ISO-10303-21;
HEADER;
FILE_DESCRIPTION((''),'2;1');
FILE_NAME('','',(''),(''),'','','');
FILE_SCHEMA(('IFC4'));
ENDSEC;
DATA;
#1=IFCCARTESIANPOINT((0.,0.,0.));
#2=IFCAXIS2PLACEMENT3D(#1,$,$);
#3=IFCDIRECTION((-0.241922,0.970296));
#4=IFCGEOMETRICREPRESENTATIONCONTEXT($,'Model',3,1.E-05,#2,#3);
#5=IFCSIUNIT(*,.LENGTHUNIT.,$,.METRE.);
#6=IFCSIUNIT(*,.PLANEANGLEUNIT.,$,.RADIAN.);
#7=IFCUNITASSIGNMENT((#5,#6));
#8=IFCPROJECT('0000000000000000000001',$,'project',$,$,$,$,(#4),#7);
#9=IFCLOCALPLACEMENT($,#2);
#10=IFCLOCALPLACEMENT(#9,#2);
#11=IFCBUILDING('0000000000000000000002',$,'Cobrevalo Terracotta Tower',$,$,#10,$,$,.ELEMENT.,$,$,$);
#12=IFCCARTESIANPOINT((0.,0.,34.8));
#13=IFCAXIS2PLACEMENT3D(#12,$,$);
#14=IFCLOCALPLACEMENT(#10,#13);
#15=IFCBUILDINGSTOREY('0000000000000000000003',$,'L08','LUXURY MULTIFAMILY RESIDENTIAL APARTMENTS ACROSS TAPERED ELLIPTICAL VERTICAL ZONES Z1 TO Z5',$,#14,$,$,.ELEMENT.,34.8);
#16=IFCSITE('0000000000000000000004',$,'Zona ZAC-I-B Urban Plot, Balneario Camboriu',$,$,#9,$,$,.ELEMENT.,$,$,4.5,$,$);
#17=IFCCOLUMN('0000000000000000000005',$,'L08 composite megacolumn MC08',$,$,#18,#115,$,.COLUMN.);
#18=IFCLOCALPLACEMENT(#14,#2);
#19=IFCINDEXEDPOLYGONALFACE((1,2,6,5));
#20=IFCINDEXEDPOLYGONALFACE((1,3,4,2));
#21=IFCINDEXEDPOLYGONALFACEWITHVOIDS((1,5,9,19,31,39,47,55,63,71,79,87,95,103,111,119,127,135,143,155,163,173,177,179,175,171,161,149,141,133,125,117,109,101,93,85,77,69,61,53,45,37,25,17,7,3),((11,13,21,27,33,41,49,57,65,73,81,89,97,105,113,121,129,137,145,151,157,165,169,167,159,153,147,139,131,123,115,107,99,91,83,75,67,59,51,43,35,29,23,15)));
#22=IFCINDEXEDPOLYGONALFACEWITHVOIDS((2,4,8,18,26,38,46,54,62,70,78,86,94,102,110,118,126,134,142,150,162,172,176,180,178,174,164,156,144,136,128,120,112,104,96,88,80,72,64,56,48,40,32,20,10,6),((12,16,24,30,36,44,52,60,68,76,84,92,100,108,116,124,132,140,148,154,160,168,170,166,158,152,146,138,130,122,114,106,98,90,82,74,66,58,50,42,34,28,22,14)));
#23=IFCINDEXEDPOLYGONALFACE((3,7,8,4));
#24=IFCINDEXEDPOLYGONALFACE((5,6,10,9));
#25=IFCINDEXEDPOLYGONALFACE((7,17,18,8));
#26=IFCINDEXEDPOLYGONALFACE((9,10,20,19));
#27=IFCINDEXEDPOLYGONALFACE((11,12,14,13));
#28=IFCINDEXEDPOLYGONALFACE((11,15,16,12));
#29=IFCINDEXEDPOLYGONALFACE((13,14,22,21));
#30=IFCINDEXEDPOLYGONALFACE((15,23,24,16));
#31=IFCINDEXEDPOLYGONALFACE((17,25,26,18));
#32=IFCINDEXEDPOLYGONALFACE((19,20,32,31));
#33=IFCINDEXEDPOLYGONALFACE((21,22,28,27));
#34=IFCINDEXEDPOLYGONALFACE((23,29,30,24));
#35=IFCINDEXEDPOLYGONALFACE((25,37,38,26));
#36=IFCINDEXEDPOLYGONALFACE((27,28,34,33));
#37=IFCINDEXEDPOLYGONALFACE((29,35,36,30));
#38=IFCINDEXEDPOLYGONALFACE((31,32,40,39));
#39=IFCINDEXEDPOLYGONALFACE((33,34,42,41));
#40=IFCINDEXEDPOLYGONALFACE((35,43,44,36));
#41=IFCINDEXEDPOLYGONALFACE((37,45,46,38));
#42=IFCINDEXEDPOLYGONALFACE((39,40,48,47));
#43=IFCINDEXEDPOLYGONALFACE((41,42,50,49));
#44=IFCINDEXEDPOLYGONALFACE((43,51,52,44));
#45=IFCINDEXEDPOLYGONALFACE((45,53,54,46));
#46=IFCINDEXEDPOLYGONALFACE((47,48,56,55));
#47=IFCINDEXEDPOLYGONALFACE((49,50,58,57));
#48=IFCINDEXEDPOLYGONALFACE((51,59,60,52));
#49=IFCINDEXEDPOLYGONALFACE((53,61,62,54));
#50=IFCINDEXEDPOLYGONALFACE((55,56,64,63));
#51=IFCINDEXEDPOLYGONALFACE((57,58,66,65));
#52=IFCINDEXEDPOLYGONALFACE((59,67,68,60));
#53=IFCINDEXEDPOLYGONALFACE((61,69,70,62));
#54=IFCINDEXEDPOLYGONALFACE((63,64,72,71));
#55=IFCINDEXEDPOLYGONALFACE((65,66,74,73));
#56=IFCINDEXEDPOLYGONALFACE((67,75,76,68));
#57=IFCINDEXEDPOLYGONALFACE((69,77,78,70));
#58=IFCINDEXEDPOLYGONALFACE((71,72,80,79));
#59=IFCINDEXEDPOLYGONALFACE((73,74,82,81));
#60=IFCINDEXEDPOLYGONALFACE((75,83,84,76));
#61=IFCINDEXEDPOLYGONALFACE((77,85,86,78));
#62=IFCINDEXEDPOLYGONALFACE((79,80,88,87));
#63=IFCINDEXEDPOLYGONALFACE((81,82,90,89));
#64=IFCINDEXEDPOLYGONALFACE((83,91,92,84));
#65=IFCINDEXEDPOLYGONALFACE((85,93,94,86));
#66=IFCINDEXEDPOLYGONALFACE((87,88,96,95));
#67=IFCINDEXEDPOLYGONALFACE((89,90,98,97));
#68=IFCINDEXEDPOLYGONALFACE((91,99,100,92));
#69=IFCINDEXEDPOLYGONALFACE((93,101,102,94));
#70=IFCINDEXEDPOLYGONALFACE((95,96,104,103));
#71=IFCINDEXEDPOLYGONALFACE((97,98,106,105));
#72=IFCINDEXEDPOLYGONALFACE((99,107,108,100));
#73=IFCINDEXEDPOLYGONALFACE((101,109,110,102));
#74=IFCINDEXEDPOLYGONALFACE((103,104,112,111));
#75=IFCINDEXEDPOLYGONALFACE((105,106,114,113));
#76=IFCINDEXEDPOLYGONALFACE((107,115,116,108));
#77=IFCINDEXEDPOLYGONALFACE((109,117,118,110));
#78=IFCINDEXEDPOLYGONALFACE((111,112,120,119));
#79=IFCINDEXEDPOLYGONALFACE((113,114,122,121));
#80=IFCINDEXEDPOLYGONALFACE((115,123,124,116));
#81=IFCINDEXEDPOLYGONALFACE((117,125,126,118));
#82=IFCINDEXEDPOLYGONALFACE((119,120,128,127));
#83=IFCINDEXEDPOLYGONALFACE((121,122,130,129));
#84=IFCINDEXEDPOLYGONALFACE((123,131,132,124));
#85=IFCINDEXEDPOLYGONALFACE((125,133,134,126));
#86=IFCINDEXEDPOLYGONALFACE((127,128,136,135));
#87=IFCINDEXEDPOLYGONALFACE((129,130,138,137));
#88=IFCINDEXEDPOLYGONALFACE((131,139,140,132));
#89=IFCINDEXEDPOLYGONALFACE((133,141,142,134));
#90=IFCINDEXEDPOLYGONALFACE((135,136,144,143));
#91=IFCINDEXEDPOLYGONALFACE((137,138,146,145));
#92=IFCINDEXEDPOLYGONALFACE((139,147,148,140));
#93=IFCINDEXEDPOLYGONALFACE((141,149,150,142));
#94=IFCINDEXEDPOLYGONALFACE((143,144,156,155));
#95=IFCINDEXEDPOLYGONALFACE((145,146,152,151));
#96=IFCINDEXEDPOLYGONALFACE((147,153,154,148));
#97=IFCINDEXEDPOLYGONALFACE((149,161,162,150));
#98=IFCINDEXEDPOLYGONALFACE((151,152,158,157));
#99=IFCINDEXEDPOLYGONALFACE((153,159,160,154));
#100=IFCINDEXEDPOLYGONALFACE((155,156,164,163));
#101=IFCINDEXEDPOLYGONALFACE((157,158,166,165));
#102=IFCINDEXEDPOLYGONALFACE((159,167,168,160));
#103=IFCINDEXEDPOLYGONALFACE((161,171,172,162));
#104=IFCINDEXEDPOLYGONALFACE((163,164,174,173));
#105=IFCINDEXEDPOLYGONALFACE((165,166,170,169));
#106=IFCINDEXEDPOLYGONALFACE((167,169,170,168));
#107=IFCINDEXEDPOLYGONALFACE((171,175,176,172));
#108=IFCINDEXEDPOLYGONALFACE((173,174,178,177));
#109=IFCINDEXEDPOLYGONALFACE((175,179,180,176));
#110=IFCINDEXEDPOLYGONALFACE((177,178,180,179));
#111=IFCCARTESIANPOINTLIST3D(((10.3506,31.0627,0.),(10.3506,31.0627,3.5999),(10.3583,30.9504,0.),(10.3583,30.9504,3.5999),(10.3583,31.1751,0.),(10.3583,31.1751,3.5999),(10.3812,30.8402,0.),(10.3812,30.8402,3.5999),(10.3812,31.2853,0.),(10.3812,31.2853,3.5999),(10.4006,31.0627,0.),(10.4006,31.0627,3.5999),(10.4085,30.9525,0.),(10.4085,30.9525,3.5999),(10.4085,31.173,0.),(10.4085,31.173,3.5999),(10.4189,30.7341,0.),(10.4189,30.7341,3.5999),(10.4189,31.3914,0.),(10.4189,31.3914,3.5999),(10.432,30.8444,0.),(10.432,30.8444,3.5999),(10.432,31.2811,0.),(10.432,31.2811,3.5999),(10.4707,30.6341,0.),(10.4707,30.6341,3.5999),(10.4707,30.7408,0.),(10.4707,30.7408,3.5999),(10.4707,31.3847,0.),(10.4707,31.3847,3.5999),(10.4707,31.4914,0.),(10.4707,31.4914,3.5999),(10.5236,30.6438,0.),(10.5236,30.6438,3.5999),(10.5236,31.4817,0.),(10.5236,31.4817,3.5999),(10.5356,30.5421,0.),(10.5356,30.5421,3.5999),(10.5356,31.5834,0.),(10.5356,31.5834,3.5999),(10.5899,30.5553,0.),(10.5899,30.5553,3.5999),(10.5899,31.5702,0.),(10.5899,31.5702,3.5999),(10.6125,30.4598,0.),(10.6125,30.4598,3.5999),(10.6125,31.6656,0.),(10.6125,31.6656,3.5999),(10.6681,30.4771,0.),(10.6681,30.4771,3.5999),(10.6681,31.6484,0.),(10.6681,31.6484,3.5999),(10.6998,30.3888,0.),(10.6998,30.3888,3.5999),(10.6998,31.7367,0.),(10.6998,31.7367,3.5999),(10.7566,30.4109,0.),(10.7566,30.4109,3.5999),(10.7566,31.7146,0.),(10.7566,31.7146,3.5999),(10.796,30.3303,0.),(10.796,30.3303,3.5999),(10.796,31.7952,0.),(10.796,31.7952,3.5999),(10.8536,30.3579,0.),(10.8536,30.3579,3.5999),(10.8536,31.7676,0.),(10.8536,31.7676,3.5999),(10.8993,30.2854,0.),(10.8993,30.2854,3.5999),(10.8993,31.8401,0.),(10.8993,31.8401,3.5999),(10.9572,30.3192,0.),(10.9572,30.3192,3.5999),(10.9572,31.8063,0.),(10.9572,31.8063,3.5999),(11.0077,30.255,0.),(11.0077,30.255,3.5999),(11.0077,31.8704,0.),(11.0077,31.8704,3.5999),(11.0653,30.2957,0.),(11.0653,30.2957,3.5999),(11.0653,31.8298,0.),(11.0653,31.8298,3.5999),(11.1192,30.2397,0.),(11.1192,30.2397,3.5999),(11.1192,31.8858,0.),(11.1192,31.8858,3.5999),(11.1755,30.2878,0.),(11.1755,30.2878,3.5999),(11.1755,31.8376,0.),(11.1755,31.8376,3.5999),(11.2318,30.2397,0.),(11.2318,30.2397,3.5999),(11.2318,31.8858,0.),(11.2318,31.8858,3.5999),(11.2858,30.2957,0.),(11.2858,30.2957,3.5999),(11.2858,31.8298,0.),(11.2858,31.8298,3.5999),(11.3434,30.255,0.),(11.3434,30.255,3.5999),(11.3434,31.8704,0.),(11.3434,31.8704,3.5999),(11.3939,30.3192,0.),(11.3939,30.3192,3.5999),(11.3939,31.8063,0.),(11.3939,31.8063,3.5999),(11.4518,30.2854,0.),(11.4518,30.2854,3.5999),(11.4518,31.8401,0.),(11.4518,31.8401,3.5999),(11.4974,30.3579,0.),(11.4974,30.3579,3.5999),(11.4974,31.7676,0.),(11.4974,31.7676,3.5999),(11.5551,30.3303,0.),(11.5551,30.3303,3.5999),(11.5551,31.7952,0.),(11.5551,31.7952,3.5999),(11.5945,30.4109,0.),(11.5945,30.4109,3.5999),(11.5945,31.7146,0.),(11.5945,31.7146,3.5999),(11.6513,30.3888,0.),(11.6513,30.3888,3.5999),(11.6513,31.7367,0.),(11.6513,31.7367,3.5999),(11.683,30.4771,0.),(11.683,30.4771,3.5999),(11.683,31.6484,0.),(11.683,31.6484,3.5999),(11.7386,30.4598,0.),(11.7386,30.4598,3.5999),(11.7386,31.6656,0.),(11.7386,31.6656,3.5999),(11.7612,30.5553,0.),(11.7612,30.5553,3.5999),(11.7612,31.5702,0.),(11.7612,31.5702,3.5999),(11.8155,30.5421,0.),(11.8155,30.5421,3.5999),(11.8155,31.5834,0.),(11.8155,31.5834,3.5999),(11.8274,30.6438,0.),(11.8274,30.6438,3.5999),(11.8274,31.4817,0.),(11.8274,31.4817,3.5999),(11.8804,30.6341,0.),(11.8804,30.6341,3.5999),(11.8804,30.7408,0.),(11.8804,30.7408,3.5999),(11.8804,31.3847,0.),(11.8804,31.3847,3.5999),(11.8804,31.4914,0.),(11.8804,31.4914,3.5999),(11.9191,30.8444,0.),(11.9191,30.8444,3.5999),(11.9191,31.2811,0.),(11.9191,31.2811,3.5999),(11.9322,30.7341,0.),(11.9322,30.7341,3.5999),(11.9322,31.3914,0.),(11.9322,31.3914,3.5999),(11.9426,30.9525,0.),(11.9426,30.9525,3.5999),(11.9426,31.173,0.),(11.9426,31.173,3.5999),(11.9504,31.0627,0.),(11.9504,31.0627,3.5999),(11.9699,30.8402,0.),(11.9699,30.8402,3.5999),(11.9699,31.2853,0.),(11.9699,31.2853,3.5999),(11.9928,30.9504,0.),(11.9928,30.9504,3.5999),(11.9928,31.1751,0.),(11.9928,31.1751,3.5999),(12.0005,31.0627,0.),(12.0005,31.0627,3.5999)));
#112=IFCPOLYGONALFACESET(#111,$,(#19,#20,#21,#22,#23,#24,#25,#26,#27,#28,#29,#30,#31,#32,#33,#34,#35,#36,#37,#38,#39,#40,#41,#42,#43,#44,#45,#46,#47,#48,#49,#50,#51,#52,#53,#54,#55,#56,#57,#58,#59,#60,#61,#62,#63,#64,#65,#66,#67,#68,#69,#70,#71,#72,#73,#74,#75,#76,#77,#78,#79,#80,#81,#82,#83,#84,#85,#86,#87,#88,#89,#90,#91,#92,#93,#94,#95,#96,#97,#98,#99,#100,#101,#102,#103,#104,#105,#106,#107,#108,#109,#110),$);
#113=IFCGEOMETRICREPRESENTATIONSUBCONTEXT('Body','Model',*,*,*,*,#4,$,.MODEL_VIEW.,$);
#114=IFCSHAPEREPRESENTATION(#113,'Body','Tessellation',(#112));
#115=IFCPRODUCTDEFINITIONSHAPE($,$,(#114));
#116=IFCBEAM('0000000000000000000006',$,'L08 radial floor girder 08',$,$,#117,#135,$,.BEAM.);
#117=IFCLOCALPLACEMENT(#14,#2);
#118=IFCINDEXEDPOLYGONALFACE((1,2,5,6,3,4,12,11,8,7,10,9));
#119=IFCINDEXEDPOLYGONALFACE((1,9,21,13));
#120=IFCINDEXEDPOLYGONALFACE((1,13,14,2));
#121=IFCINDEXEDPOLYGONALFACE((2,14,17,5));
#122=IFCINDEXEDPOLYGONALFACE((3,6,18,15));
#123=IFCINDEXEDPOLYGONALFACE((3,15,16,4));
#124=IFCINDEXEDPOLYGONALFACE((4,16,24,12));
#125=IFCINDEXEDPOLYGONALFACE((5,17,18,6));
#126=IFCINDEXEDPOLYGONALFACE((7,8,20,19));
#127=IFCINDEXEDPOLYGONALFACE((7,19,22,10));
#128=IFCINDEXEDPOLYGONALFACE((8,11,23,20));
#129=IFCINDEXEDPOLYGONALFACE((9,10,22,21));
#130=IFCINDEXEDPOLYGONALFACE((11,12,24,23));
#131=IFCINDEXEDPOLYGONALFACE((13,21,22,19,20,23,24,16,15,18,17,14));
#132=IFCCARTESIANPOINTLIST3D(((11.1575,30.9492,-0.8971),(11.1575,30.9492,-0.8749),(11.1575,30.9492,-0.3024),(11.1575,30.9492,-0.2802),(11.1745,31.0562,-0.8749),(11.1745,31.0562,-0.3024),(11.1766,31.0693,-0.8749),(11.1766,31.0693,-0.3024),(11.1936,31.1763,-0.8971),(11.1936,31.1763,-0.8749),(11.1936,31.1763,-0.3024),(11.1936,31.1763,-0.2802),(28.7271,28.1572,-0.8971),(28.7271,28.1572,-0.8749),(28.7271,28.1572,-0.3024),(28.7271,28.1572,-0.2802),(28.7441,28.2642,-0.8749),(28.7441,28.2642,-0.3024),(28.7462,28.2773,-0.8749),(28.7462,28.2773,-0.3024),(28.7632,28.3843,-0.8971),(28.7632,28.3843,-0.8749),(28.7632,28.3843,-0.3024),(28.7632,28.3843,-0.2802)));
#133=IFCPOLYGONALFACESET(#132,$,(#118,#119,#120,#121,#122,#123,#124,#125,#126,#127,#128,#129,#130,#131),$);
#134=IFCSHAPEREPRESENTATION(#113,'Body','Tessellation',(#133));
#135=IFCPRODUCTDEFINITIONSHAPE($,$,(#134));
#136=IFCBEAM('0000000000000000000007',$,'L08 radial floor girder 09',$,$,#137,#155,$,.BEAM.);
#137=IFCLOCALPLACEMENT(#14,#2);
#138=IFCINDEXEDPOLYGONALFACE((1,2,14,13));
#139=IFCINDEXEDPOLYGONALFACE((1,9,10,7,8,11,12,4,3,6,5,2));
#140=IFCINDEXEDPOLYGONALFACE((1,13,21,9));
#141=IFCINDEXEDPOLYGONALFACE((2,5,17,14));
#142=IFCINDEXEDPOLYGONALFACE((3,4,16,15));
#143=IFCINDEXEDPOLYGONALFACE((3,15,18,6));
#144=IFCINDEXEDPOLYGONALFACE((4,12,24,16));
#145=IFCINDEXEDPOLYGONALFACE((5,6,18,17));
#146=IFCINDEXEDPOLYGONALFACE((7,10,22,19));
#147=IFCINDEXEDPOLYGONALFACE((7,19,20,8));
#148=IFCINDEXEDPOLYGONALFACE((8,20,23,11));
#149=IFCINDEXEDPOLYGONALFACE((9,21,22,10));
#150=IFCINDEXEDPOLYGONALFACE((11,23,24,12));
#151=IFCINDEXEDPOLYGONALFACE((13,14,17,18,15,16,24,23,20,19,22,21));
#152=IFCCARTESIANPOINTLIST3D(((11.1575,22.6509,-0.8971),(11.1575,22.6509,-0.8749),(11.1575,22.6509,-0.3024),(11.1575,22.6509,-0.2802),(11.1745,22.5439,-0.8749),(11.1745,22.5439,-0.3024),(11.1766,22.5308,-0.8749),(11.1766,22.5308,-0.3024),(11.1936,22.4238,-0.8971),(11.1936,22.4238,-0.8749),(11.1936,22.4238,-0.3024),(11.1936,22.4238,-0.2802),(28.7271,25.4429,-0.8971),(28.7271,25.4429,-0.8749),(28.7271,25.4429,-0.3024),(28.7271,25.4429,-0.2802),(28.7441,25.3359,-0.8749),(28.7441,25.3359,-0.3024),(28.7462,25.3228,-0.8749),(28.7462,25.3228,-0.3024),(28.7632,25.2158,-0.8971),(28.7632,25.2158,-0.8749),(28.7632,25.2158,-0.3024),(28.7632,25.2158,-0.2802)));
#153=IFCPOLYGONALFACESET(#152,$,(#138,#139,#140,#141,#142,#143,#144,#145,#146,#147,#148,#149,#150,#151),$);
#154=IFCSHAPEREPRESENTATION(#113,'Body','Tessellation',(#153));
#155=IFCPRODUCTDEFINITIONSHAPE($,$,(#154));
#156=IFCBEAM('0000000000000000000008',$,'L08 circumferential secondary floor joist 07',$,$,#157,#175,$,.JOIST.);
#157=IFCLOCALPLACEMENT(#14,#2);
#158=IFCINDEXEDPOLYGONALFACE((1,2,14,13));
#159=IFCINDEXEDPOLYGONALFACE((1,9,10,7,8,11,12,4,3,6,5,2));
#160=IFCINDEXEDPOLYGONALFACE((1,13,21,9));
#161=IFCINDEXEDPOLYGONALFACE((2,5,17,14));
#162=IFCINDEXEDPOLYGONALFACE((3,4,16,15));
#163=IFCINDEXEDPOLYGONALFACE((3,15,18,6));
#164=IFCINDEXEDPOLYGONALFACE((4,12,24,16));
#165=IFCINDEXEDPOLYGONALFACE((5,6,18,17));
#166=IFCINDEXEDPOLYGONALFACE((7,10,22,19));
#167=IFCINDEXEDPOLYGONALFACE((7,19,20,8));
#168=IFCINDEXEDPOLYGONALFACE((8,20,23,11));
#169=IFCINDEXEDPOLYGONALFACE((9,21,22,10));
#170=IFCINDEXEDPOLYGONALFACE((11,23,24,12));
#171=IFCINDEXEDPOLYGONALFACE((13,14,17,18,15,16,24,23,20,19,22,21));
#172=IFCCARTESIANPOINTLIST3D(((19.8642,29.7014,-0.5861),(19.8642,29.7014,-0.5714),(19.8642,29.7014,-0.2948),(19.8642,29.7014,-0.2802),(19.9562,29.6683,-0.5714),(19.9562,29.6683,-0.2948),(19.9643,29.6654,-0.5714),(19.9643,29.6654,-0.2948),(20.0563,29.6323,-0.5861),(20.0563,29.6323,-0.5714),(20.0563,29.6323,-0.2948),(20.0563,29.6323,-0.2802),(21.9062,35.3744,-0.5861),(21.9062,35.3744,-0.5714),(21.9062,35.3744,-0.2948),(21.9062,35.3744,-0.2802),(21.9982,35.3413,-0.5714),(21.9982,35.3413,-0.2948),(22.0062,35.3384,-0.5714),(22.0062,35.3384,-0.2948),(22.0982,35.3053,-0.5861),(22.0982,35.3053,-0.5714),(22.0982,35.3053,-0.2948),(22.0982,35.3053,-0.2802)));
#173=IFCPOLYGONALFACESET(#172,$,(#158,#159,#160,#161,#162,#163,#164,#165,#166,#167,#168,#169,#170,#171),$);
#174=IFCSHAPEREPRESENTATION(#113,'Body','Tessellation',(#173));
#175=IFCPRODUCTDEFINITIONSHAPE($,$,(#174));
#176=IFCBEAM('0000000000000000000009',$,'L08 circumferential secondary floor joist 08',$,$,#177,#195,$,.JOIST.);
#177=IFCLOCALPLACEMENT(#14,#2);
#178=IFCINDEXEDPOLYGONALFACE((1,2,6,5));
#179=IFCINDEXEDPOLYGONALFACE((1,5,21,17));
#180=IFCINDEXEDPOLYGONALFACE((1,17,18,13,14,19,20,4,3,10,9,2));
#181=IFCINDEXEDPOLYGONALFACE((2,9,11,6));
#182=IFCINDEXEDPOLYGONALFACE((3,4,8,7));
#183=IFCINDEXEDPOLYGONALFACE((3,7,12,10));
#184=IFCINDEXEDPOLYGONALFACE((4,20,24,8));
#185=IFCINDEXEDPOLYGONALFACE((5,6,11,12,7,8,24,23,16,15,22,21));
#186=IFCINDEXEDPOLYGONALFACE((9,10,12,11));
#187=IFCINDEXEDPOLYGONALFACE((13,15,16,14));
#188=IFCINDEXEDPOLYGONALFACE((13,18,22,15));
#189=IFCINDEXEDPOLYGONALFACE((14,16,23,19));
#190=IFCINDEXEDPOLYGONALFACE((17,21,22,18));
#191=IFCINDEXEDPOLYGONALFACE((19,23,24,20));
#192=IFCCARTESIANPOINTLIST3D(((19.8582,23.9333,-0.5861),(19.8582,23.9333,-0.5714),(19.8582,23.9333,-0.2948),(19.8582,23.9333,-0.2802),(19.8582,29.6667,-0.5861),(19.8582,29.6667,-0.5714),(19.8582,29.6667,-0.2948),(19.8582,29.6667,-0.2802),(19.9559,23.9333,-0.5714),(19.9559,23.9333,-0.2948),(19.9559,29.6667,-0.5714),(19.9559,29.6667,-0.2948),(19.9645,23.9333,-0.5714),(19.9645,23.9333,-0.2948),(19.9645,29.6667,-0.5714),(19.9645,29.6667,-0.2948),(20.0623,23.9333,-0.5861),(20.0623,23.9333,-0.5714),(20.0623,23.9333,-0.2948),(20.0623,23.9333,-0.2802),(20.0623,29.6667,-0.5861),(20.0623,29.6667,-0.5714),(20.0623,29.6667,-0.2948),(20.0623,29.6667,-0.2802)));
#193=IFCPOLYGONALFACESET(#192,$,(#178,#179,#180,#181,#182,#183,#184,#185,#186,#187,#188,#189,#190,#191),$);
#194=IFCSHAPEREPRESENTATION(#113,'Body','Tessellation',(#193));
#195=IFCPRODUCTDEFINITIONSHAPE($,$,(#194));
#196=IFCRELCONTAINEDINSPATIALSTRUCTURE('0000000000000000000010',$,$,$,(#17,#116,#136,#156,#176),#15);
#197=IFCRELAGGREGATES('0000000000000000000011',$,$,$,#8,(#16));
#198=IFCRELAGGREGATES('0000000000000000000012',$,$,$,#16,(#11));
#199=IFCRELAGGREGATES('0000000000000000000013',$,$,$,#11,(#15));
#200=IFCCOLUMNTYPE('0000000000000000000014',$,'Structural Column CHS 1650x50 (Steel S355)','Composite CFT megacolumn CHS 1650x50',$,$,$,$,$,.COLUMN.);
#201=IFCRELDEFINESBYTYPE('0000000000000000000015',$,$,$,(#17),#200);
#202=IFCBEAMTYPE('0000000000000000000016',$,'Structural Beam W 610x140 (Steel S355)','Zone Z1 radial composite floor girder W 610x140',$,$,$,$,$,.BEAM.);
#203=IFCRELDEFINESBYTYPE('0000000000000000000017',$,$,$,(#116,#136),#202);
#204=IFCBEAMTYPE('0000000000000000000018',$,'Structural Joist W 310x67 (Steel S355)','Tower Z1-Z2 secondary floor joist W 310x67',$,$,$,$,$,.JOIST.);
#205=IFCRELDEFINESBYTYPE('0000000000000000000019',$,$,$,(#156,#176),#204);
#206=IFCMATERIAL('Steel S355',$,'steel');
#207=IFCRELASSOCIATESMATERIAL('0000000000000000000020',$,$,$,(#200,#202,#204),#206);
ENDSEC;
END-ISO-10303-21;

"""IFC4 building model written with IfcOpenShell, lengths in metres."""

from ifc_helpers import new_model, si_unit, direction, frame, origin, origin_2d, place, context, subcontext, project, spatial, hollow_circle, i_section, extrude, material, material_profile, profile_set, type_object, element, save


model = new_model("IFC4")

# Units and contexts
model_context = context("Model", 3, precision=1e-05, world=origin(), true_north=direction((-0.241922, 0.970296)))
body_context = subcontext(model_context, "Body", "Model", "MODEL_VIEW")
ifc_project = project(units=[si_unit("LENGTHUNIT", "METRE"), si_unit("PLANEANGLEUNIT", "RADIAN")], contexts=[model_context])

# Site, building, storey
site_placement = place(None, origin())
site = spatial("IfcSite", under=ifc_project, at=site_placement, Name="Zona ZAC-I-B Urban Plot, Balneario Camboriu", CompositionType="ELEMENT", RefElevation=4.5)
building_placement = place(site_placement, origin())
building = spatial("IfcBuilding", under=site, at=building_placement, Name="Cobrevalo Terracotta Tower", CompositionType="ELEMENT")
storey_placement = place(building_placement, frame((0.0, 0.0, 34.8)))
storey = spatial("IfcBuildingStorey", under=building, at=storey_placement, Name="L08", Description="LUXURY MULTIFAMILY RESIDENTIAL APARTMENTS ACROSS TAPERED ELLIPTICAL VERTICAL ZONES Z1 TO Z5", CompositionType="ELEMENT", Elevation=34.8)

# Column
ifc_material_1 = material(Name="Steel S355", Category="steel")
ifc_material_profile_1 = material_profile(ifc_material_1, hollow_circle(Radius=0.825, WallThickness=0.05, at=origin_2d()), Name="CHS 1650x50")
ifc_profile_set_1 = profile_set([ifc_material_profile_1], Name="Steel S355")
column_type = type_object("IfcColumnType", Name="Structural Column CHS 1650x50 (Steel S355)", Description="Composite CFT megacolumn CHS 1650x50", PredefinedType="COLUMN", material=ifc_profile_set_1)
column_placement = place(storey_placement, frame((11.1755, 31.0627, 0.0), z_axis=(0.0, 0.0, 1.0), x_axis=(1.0, 0.0, 0.0)))
element("IfcColumn", 1, at=column_placement, inside=storey, type_object=column_type, Name="L08 composite megacolumn MC08", PredefinedType="COLUMN", context=body_context, shape_type="SweptSolid", body=[
    extrude(hollow_circle(Radius=0.825, WallThickness=0.05, at=origin_2d()), origin(), (0.0, 0.0, 1.0), 3.5999),
])

# Beams
ifc_material_profile_2 = material_profile(ifc_material_1, i_section(OverallWidth=0.23, OverallDepth=0.6169, WebThickness=0.0132, FlangeThickness=0.0222, at=origin_2d()), Name="W 610x140")
ifc_profile_set_2 = profile_set([ifc_material_profile_2], Name="Steel S355")
beam_type_1 = type_object("IfcBeamType", Name="Structural Beam W 610x140 (Steel S355)", Description="Zone Z1 radial composite floor girder W 610x140", PredefinedType="BEAM", material=ifc_profile_set_2)
for number, where, z_axis, x_axis, name in (
    (2, (11.1755, 31.0627, -0.5886), (0.987608, -0.156941, 0.0), (0.156941, 0.987608, 0.0), "L08 radial floor girder 08"),
    (3, (11.1755, 22.5374, -0.5886), (0.987608, 0.156941, 0.0), (-0.156941, 0.987608, 0.0), "L08 radial floor girder 09"),
):
    element("IfcBeam", number, at=place(storey_placement, frame(where, z_axis=z_axis, x_axis=x_axis)), inside=storey, type_object=beam_type_1, Name=name, PredefinedType="BEAM", context=body_context, shape_type="SweptSolid", body=[
        extrude(i_section(OverallWidth=0.23, OverallDepth=0.6169, WebThickness=0.0132, FlangeThickness=0.0222, at=origin_2d()), origin(), (0.0, 0.0, 1.0), 17.79),
    ])
ifc_material_profile_3 = material_profile(ifc_material_1, i_section(OverallWidth=0.2041, OverallDepth=0.3059, WebThickness=0.0085, FlangeThickness=0.0146, at=origin_2d()), Name="W 310x67")
ifc_profile_set_3 = profile_set([ifc_material_profile_3], Name="Steel S355")
beam_type_2 = type_object("IfcBeamType", Name="Structural Joist W 310x67 (Steel S355)", Description="Tower Z1-Z2 secondary floor joist W 310x67", PredefinedType="JOIST", material=ifc_profile_set_3)
beam_1_placement = place(storey_placement, frame((22.0022, 35.3398, -0.4331), z_axis=(-0.338672, -0.940904, 0.0), x_axis=(0.940904, -0.338672, 0.0)))
element("IfcBeam", 4, at=beam_1_placement, inside=storey, type_object=beam_type_2, Name="L08 circumferential secondary floor joist 07", PredefinedType="JOIST", context=body_context, shape_type="SweptSolid", body=[
    extrude(i_section(OverallWidth=0.2041, OverallDepth=0.3059, WebThickness=0.0085, FlangeThickness=0.0146, at=origin_2d()), origin(), (0.0, 0.0, 1.0), 6.0293),
])
beam_2_placement = place(storey_placement, frame((19.9602, 29.6667, -0.4331), z_axis=(0.0, -1.0, 0.0), x_axis=(1.0, 0.0, 0.0)))
element("IfcBeam", 5, at=beam_2_placement, inside=storey, type_object=beam_type_2, Name="L08 circumferential secondary floor joist 08", PredefinedType="JOIST", context=body_context, shape_type="SweptSolid", body=[
    extrude(i_section(OverallWidth=0.2041, OverallDepth=0.3059, WebThickness=0.0085, FlangeThickness=0.0146, at=origin_2d()), origin(), (0.0, 0.0, 1.0), 5.7334),
])

save(model, "model.ifc")
